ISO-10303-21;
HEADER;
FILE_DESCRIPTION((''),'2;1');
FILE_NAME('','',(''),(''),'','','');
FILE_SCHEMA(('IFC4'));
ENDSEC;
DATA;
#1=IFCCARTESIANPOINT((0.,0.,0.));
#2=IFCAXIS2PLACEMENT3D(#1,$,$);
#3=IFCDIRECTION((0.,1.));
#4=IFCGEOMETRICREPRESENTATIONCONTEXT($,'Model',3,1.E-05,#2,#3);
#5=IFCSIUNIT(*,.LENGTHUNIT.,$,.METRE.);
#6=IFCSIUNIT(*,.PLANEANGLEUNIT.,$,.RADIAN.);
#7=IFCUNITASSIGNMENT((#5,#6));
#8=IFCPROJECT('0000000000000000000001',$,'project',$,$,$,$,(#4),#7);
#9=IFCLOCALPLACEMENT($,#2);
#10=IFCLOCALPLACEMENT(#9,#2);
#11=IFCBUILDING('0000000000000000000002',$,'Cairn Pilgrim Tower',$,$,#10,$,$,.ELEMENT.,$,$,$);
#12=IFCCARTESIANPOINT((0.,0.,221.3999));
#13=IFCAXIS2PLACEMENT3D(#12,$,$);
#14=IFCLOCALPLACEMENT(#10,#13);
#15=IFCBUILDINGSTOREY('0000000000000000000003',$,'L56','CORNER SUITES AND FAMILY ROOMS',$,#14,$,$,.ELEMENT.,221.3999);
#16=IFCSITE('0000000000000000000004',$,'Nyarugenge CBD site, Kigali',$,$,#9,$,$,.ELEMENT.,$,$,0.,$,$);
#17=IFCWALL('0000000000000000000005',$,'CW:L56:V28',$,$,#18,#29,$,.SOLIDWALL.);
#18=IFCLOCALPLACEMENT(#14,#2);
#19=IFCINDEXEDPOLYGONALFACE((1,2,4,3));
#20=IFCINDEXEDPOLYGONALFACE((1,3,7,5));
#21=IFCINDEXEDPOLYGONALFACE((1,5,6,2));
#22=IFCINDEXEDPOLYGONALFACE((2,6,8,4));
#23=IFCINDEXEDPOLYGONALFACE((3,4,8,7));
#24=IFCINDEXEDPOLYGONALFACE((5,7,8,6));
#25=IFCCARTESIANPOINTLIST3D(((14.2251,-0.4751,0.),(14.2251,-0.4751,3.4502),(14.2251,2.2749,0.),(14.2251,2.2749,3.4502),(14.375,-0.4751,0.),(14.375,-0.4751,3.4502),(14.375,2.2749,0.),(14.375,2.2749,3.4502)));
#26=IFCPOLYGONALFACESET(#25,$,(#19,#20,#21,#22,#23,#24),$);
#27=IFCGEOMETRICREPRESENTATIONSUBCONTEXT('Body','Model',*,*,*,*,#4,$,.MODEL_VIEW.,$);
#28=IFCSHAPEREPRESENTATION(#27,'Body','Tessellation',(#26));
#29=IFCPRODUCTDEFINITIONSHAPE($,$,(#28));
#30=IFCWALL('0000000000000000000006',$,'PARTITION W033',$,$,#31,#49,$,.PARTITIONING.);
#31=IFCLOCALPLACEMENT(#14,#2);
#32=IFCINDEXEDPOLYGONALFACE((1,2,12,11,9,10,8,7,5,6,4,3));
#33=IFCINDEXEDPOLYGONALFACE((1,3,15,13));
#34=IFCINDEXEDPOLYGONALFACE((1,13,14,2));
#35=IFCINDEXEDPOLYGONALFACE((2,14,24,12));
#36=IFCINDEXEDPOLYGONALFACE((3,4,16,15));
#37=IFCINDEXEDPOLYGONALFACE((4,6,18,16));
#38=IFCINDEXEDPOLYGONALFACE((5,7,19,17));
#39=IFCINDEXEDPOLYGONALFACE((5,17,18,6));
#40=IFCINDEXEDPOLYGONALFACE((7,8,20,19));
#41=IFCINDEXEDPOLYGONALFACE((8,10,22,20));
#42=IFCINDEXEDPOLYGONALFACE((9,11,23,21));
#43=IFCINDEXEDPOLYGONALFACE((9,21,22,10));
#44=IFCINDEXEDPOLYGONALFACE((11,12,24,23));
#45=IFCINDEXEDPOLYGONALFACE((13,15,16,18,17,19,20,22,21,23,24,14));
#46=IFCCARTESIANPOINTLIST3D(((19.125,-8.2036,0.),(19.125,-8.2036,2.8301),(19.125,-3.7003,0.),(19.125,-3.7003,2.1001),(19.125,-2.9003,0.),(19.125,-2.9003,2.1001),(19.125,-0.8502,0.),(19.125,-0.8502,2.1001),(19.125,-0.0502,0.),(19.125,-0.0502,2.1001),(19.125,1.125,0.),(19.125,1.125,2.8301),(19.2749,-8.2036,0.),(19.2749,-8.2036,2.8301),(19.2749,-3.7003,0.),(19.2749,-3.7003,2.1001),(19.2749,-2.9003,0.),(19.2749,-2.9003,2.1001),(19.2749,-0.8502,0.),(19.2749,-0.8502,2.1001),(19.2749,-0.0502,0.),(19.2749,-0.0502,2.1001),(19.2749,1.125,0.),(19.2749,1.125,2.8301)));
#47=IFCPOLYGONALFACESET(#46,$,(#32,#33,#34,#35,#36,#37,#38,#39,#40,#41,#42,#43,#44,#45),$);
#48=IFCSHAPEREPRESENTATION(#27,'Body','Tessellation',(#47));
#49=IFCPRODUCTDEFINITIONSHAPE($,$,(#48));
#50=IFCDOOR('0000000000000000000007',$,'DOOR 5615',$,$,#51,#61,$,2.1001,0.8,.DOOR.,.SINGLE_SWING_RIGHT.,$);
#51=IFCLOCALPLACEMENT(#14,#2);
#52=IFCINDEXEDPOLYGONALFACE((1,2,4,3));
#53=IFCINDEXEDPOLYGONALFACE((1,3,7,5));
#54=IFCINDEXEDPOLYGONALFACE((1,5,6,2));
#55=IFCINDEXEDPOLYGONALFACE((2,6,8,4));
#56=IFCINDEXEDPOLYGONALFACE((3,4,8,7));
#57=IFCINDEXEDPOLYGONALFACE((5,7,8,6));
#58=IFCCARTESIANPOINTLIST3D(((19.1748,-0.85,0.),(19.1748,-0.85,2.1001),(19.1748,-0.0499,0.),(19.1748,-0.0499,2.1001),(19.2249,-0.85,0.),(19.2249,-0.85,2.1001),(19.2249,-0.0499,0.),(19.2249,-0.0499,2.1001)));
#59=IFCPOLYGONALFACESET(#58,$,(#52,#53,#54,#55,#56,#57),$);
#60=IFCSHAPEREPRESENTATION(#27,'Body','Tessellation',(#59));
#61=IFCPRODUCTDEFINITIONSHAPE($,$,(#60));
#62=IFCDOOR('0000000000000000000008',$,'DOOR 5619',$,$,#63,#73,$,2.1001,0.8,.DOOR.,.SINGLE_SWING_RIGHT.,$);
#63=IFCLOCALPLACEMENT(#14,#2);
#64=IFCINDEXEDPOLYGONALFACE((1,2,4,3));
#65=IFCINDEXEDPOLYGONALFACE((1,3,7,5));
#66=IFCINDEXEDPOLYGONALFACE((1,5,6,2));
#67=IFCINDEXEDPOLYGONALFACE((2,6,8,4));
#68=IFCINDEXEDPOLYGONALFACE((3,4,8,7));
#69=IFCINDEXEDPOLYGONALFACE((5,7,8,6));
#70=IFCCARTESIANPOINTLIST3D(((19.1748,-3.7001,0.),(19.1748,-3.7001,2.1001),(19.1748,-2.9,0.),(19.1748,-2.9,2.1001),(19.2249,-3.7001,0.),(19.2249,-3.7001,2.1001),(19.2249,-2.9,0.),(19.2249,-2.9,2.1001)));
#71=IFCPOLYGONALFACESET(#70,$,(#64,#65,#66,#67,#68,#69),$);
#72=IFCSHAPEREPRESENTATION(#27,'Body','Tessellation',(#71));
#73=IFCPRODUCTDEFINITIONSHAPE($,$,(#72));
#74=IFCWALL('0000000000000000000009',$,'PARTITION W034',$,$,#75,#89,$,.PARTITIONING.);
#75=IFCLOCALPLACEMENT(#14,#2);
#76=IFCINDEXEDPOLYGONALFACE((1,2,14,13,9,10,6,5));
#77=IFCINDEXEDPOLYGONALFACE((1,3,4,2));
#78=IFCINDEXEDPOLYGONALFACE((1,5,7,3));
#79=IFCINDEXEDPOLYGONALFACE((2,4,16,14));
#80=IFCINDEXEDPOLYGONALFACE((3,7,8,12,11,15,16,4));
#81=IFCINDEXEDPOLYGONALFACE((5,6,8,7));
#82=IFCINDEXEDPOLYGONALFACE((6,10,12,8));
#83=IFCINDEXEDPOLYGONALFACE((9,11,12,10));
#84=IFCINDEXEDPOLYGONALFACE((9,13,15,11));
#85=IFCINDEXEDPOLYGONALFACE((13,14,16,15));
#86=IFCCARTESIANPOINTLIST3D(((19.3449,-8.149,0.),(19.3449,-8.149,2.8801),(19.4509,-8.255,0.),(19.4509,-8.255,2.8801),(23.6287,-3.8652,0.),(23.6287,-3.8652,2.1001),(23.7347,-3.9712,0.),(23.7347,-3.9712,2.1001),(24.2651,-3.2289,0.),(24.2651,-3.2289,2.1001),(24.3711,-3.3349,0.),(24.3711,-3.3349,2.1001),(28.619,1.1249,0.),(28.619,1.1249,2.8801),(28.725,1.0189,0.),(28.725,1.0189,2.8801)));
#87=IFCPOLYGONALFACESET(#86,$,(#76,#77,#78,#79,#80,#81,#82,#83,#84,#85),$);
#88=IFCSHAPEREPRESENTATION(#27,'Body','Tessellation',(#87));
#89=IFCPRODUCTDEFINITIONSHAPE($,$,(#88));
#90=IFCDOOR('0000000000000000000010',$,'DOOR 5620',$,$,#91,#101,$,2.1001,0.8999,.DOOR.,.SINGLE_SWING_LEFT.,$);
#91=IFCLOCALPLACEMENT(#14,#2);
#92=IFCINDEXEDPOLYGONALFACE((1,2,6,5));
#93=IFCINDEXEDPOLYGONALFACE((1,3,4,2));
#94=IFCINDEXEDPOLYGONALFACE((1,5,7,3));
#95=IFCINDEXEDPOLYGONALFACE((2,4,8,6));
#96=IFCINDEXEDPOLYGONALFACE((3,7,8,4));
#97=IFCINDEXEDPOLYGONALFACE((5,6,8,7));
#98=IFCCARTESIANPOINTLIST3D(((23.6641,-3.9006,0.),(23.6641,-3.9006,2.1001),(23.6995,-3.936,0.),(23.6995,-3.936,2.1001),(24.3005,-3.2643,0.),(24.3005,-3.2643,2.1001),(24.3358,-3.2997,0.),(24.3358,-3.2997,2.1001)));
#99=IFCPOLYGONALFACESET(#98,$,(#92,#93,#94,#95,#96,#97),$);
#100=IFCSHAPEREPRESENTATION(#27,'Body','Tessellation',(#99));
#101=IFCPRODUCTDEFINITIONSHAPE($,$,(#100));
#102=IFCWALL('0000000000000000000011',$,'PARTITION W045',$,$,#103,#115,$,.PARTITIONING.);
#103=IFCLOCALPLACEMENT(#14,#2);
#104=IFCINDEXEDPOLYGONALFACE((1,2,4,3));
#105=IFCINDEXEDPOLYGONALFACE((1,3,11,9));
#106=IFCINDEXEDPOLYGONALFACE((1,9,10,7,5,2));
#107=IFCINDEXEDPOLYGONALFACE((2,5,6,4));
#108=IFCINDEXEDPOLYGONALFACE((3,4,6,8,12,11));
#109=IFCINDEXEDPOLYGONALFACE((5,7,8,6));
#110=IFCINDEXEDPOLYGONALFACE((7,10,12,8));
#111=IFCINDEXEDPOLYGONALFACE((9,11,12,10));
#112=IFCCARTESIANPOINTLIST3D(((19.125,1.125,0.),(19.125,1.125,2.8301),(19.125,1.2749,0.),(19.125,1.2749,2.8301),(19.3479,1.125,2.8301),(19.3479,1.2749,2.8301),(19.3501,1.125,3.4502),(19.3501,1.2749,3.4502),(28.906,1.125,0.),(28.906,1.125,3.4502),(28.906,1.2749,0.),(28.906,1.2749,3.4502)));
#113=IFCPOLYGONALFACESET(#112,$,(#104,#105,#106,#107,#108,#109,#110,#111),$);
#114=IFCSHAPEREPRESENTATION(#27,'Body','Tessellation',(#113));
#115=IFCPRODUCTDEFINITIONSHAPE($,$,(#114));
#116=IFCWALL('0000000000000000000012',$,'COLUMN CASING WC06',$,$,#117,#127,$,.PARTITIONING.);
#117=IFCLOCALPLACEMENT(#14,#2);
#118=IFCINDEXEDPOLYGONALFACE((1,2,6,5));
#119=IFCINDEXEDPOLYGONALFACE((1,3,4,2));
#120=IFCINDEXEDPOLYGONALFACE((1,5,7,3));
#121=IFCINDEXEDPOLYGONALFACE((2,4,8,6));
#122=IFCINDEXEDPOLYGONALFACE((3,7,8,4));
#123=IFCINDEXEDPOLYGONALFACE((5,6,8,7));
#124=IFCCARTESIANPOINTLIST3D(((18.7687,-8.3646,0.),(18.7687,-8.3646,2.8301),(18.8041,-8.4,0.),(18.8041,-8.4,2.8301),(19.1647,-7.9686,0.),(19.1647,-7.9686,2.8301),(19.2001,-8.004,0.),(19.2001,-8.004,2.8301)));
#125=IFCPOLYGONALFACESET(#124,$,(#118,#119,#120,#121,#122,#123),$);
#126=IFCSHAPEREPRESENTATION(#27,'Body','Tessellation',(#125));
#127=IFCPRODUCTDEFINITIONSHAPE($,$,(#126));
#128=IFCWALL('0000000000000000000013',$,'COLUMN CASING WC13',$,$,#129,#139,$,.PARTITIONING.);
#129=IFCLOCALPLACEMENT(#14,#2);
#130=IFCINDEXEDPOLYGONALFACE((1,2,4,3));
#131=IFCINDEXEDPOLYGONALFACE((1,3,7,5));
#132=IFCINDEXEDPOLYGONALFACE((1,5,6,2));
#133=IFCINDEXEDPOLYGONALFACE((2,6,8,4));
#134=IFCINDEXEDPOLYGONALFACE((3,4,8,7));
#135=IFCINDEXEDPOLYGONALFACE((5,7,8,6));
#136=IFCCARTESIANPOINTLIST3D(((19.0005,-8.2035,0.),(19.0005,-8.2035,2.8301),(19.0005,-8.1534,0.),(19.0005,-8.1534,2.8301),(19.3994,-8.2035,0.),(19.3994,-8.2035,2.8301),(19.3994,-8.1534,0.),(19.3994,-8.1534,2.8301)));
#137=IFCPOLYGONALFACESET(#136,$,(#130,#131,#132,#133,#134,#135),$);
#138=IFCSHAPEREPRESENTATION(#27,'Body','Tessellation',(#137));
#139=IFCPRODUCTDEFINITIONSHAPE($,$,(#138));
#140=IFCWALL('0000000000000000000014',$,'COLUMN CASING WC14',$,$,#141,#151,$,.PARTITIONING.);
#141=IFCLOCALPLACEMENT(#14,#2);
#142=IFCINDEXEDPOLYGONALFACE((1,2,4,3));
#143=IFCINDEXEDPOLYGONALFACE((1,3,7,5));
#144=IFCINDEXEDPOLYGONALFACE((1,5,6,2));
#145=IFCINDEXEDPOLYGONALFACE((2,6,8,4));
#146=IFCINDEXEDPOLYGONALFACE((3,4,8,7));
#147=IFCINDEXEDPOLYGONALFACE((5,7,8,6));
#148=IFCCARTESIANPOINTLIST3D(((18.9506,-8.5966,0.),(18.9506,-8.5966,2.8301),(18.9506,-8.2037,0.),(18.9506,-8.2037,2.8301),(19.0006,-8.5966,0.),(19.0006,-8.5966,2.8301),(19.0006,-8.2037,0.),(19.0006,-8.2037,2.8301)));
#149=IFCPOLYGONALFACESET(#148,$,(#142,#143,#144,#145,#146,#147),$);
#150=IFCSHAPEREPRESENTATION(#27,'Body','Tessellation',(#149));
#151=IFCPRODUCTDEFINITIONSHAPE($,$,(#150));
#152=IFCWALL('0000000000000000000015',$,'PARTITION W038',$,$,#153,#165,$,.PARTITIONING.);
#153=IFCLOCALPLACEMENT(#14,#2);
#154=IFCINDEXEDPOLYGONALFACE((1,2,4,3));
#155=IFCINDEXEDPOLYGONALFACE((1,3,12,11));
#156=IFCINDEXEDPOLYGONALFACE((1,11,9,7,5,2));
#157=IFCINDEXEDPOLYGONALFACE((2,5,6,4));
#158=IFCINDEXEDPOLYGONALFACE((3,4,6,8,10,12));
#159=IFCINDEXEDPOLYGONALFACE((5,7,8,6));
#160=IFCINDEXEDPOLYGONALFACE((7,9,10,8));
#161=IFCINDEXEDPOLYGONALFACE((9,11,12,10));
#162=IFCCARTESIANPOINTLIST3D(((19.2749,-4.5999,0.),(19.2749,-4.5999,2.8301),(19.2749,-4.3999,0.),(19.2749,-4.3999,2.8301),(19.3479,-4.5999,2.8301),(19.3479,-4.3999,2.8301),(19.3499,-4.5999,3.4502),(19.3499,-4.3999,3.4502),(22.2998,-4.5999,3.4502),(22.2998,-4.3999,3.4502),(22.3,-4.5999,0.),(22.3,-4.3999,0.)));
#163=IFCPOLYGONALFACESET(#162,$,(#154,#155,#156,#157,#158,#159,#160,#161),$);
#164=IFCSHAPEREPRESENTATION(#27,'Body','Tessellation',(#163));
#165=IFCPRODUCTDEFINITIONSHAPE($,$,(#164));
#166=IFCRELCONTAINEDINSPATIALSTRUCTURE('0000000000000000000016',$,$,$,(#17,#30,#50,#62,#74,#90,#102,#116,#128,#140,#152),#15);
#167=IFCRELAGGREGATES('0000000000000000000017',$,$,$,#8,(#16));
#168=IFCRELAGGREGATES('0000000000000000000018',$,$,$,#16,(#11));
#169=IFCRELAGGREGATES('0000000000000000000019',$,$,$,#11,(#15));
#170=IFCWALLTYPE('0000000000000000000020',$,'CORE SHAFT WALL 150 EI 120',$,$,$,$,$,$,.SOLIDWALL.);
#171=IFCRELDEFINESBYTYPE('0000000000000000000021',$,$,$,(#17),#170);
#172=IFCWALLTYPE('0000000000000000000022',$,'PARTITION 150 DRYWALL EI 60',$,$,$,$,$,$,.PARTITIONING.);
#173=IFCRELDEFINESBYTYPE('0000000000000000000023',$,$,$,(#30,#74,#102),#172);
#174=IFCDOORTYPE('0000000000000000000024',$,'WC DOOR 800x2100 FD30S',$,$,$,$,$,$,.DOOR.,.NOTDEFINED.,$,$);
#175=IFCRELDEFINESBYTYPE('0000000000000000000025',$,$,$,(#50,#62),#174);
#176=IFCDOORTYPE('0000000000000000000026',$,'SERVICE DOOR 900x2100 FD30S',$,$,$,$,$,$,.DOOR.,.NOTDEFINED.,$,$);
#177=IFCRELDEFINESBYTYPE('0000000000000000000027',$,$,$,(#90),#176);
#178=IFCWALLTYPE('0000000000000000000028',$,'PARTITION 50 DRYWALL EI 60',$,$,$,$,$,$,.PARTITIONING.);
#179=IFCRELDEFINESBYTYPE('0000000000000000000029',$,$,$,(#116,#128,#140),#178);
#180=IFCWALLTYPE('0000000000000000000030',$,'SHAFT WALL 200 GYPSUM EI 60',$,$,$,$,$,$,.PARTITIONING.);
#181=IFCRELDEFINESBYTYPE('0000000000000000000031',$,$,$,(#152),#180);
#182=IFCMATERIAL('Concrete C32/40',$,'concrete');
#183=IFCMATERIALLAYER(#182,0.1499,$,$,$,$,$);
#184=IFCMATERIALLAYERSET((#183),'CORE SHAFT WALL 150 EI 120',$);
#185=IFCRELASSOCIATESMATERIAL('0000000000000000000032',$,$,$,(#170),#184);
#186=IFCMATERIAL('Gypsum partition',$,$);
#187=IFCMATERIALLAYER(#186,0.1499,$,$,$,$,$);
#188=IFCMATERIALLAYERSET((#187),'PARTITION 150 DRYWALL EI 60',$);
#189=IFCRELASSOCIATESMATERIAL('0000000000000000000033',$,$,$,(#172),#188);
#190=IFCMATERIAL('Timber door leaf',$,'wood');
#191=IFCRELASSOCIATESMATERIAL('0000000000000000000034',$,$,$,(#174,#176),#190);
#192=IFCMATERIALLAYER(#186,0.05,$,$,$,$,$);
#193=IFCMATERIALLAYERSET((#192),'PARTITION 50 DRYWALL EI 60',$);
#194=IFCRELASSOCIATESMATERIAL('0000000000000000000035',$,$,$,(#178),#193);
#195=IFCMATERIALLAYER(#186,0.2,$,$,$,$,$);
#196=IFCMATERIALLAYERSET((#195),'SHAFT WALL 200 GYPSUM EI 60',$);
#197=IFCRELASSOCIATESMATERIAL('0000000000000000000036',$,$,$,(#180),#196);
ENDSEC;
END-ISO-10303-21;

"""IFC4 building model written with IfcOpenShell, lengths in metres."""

from ifc_helpers import new_model, si_unit, direction, frame, frame_2d, origin, place, context, subcontext, project, spatial, polyline, rectangle, outline, extrude, material, layer, layer_set, type_object, element, fill, save


model = new_model("IFC4")

# Units and contexts
model_context = context("Model", 3, precision=1e-05, world=origin(), true_north=direction((0.0, 1.0)))
body_context = subcontext(model_context, "Body", "Model", "MODEL_VIEW")
ifc_project = project(units=[si_unit("LENGTHUNIT", "METRE"), si_unit("PLANEANGLEUNIT", "RADIAN")], contexts=[model_context])

# Site, building, storey
site_placement = place(None, origin())
site = spatial("IfcSite", under=ifc_project, at=site_placement, Name="Nyarugenge CBD site, Kigali", CompositionType="ELEMENT", RefElevation=0.0)
building_placement = place(site_placement, origin())
building = spatial("IfcBuilding", under=site, at=building_placement, Name="Cairn Pilgrim Tower", CompositionType="ELEMENT")
storey_placement = place(building_placement, frame((0.0, 0.0, 221.3999)))
storey = spatial("IfcBuildingStorey", under=building, at=storey_placement, Name="L56", Description="CORNER SUITES AND FAMILY ROOMS", CompositionType="ELEMENT", Elevation=221.3999)

# Shared definitions
ifc_material_1 = material(Name="Concrete C32/40", Category="concrete")

# Wall
ifc_layer_1 = layer(ifc_material_1, 0.1499)
ifc_layer_set_1 = layer_set([ifc_layer_1], Name="CORE SHAFT WALL 150 EI 120")
wall_type_1 = type_object("IfcWallType", Name="CORE SHAFT WALL 150 EI 120", PredefinedType="SOLIDWALL", material=ifc_layer_set_1)
wall_1_placement = place(storey_placement, frame((14.3, -0.4751, 0.0), z_axis=(0.0, 0.0, 1.0), x_axis=(0.0, 1.0, 0.0)))
element("IfcWall", 1, at=wall_1_placement, inside=storey, type_object=wall_type_1, Name="CW:L56:V28", PredefinedType="SOLIDWALL", context=body_context, shape_type="SweptSolid", body=[
    extrude(rectangle(XDim=2.75, YDim=0.1499, at=frame_2d((1.375, 0.0))), origin(), (0.0, 0.0, 1.0), 3.4502),
])

# Wall, openings, doors
ifc_material_2 = material(Name="Gypsum partition")
ifc_layer_2 = layer(ifc_material_2, 0.1499)
ifc_layer_set_2 = layer_set([ifc_layer_2], Name="PARTITION 150 DRYWALL EI 60")
wall_type_2 = type_object("IfcWallType", Name="PARTITION 150 DRYWALL EI 60", PredefinedType="PARTITIONING", material=ifc_layer_set_2)
wall_2_placement = place(storey_placement, frame((19.2, -8.2036, 0.0), z_axis=(0.0, 0.0, 1.0), x_axis=(0.0, 1.0, 0.0)))
wall_2 = element("IfcWall", 2, at=wall_2_placement, inside=storey, type_object=wall_type_2, Name="PARTITION W033", PredefinedType="PARTITIONING", context=body_context, shape_type="SweptSolid", body=[
    extrude(rectangle(XDim=9.3286, YDim=0.1499, at=frame_2d((4.6643, 0.0))), origin(), (0.0, 0.0, 1.0), 2.8301),
])
opening_1_placement = place(wall_2_placement, frame((7.3535, 0.0, 0.0)))
opening_1 = element("IfcOpeningElement", 3, at=opening_1_placement, cuts=wall_2, PredefinedType="OPENING", context=body_context, shape_type="SweptSolid", body=[
    extrude(rectangle(XDim=0.8, YDim=2.1001, at=frame_2d((0.3999, 1.05))), frame((0.0, 0.085, 0.0), z_axis=(0.0, -1.0, 0.0), x_axis=(1.0, 0.0, 0.0)), (0.0, 0.0, 1.0), 0.1699),
])
opening_2_placement = place(wall_2_placement, frame((4.5034, 0.0, 0.0)))
opening_2 = element("IfcOpeningElement", 4, at=opening_2_placement, cuts=wall_2, PredefinedType="OPENING", context=body_context, shape_type="SweptSolid", body=[
    extrude(rectangle(XDim=0.8, YDim=2.1001, at=frame_2d((0.3999, 1.05))), frame((0.0, 0.085, 0.0), z_axis=(0.0, -1.0, 0.0), x_axis=(1.0, 0.0, 0.0)), (0.0, 0.0, 1.0), 0.1699),
])
ifc_material_3 = material(Name="Timber door leaf", Category="wood")
door_type_1 = type_object("IfcDoorType", Name="WC DOOR 800x2100 FD30S", OperationType="NOTDEFINED", PredefinedType="DOOR", material=ifc_material_3)
door_1_placement = place(opening_1_placement, frame((0.8, 0.0, 0.0), z_axis=(0.0, 0.0, 1.0), x_axis=(-1.0, 0.0, 0.0)))
door_1 = element("IfcDoor", 5, at=door_1_placement, inside=storey, type_object=door_type_1, Name="DOOR 5615", OperationType="SINGLE_SWING_RIGHT", OverallHeight=2.1001, OverallWidth=0.8, PredefinedType="DOOR", context=body_context, shape_type="SweptSolid", body=[
    extrude(rectangle(XDim=0.8, YDim=2.1001, at=frame_2d((0.3999, 1.05))), frame((0.0, 0.0249, 0.0), z_axis=(0.0, -1.0, 0.0), x_axis=(1.0, 0.0, 0.0)), (0.0, 0.0, 1.0), 0.05),
])
fill(opening_1, door_1)
door_2_placement = place(opening_2_placement, frame((0.8, 0.0, 0.0), z_axis=(0.0, 0.0, 1.0), x_axis=(-1.0, 0.0, 0.0)))
door_2 = element("IfcDoor", 6, at=door_2_placement, inside=storey, type_object=door_type_1, Name="DOOR 5619", OperationType="SINGLE_SWING_RIGHT", OverallHeight=2.1001, OverallWidth=0.8, PredefinedType="DOOR", context=body_context, shape_type="SweptSolid", body=[
    extrude(rectangle(XDim=0.8, YDim=2.1001, at=frame_2d((0.3999, 1.05))), frame((0.0, 0.0249, 0.0), z_axis=(0.0, -1.0, 0.0), x_axis=(1.0, 0.0, 0.0)), (0.0, 0.0, 1.0), 0.05),
])
fill(opening_2, door_2)

# Wall, opening, door
wall_3_placement = place(storey_placement, frame((19.3979, -8.2019, 0.0), z_axis=(0.0, 0.0, 1.0), x_axis=(0.707116, 0.707097, 0.0)))
wall_3 = element("IfcWall", 7, at=wall_3_placement, inside=storey, type_object=wall_type_2, Name="PARTITION W034", PredefinedType="PARTITIONING", context=body_context, shape_type="SweptSolid", body=[
    extrude(rectangle(XDim=13.1155, YDim=0.1499, at=frame_2d((6.5576, 0.0))), origin(), (0.0, 0.0, 1.0), 2.8801),
])
opening_3_placement = place(wall_3_placement, frame((6.0581, 0.0, 0.0)))
opening_3 = element("IfcOpeningElement", 8, at=opening_3_placement, cuts=wall_3, PredefinedType="OPENING", context=body_context, shape_type="SweptSolid", body=[
    extrude(rectangle(XDim=0.8999, YDim=2.1001, at=frame_2d((0.45, 1.05))), frame((0.0, 0.085, 0.0), z_axis=(0.0, -1.0, 0.0), x_axis=(1.0, 0.0, 0.0)), (0.0, 0.0, 1.0), 0.1699),
])
door_type_2 = type_object("IfcDoorType", Name="SERVICE DOOR 900x2100 FD30S", OperationType="NOTDEFINED", PredefinedType="DOOR", material=ifc_material_3)
door_3_placement = place(opening_3_placement, origin())
door_3 = element("IfcDoor", 9, at=door_3_placement, inside=storey, type_object=door_type_2, Name="DOOR 5620", OperationType="SINGLE_SWING_LEFT", OverallHeight=2.1001, OverallWidth=0.8999, PredefinedType="DOOR", context=body_context, shape_type="SweptSolid", body=[
    extrude(rectangle(XDim=0.8999, YDim=2.1001, at=frame_2d((0.45, 1.05))), frame((0.0, 0.0249, 0.0), z_axis=(0.0, -1.0, 0.0), x_axis=(1.0, 0.0, 0.0)), (0.0, 0.0, 1.0), 0.05),
])
fill(opening_3, door_3)

# Walls
wall_4_placement = place(storey_placement, frame((19.125, 1.2, 0.0), z_axis=(0.0, 0.0, 1.0), x_axis=(1.0, 0.0, 0.0)))
element("IfcWall", 10, at=wall_4_placement, inside=storey, type_object=wall_type_2, Name="PARTITION W045", PredefinedType="PARTITIONING", context=body_context, shape_type="SweptSolid", body=[
    extrude(outline(polyline([(0.0, 0.0), (9.781, 0.0), (9.781, 3.4502), (0.2251, 3.4502), (0.2229, 2.8301), (0.0, 2.8301), (0.0, 0.0)])), frame((0.0, 0.075, 0.0), z_axis=(0.0, -1.0, 0.0), x_axis=(1.0, 0.0, 0.0)), (0.0, 0.0, 1.0), 0.1499),
])
ifc_layer_3 = layer(ifc_material_2, 0.05)
ifc_layer_set_3 = layer_set([ifc_layer_3], Name="PARTITION 50 DRYWALL EI 60")
wall_type_3 = type_object("IfcWallType", Name="PARTITION 50 DRYWALL EI 60", PredefinedType="PARTITIONING", material=ifc_layer_set_3)
wall_5_placement = place(storey_placement, frame((18.7864, -8.3823, 0.0), z_axis=(0.0, 0.0, 1.0), x_axis=(0.707107, 0.707107, 0.0)))
element("IfcWall", 11, at=wall_5_placement, inside=storey, type_object=wall_type_3, Name="COLUMN CASING WC06", PredefinedType="PARTITIONING", context=body_context, shape_type="SweptSolid", body=[
    extrude(rectangle(XDim=0.5601, YDim=0.05, at=frame_2d((0.28, 0.0))), origin(), (0.0, 0.0, 1.0), 2.8301),
])
wall_6_placement = place(storey_placement, frame((19.0005, -8.1785, 0.0), z_axis=(0.0, 0.0, 1.0), x_axis=(1.0, 0.0, 0.0)))
element("IfcWall", 12, at=wall_6_placement, inside=storey, type_object=wall_type_3, Name="COLUMN CASING WC13", PredefinedType="PARTITIONING", context=body_context, shape_type="SweptSolid", body=[
    extrude(rectangle(XDim=0.3989, YDim=0.05, at=frame_2d((0.1995, 0.0))), origin(), (0.0, 0.0, 1.0), 2.8301),
])
wall_7_placement = place(storey_placement, frame((18.9756, -8.5964, 0.0), z_axis=(0.0, 0.0, 1.0), x_axis=(0.0, 1.0, 0.0)))
element("IfcWall", 13, at=wall_7_placement, inside=storey, type_object=wall_type_3, Name="COLUMN CASING WC14", PredefinedType="PARTITIONING", context=body_context, shape_type="SweptSolid", body=[
    extrude(rectangle(XDim=0.3928, YDim=0.05, at=frame_2d((0.1963, 0.0))), origin(), (0.0, 0.0, 1.0), 2.8301),
])
ifc_layer_4 = layer(ifc_material_2, 0.2)
ifc_layer_set_4 = layer_set([ifc_layer_4], Name="SHAFT WALL 200 GYPSUM EI 60")
wall_type_4 = type_object("IfcWallType", Name="SHAFT WALL 200 GYPSUM EI 60", PredefinedType="PARTITIONING", material=ifc_layer_set_4)
wall_8_placement = place(storey_placement, frame((19.2749, -4.5, 0.0), z_axis=(0.0, 0.0, 1.0), x_axis=(1.0, 0.0, 0.0)))
element("IfcWall", 14, at=wall_8_placement, inside=storey, type_object=wall_type_4, Name="PARTITION W038", PredefinedType="PARTITIONING", context=body_context, shape_type="SweptSolid", body=[
    extrude(outline(polyline([(0.0, 0.0), (3.0251, 0.0), (3.0249, 3.4502), (0.075, 3.4502), (0.073, 2.8301), (0.0, 2.8301), (0.0, 0.0)])), frame((0.0, 0.1001, 0.0), z_axis=(0.0, -1.0, 0.0), x_axis=(1.0, 0.0, 0.0)), (0.0, 0.0, 1.0), 0.2),
])

save(model, "model.ifc")
